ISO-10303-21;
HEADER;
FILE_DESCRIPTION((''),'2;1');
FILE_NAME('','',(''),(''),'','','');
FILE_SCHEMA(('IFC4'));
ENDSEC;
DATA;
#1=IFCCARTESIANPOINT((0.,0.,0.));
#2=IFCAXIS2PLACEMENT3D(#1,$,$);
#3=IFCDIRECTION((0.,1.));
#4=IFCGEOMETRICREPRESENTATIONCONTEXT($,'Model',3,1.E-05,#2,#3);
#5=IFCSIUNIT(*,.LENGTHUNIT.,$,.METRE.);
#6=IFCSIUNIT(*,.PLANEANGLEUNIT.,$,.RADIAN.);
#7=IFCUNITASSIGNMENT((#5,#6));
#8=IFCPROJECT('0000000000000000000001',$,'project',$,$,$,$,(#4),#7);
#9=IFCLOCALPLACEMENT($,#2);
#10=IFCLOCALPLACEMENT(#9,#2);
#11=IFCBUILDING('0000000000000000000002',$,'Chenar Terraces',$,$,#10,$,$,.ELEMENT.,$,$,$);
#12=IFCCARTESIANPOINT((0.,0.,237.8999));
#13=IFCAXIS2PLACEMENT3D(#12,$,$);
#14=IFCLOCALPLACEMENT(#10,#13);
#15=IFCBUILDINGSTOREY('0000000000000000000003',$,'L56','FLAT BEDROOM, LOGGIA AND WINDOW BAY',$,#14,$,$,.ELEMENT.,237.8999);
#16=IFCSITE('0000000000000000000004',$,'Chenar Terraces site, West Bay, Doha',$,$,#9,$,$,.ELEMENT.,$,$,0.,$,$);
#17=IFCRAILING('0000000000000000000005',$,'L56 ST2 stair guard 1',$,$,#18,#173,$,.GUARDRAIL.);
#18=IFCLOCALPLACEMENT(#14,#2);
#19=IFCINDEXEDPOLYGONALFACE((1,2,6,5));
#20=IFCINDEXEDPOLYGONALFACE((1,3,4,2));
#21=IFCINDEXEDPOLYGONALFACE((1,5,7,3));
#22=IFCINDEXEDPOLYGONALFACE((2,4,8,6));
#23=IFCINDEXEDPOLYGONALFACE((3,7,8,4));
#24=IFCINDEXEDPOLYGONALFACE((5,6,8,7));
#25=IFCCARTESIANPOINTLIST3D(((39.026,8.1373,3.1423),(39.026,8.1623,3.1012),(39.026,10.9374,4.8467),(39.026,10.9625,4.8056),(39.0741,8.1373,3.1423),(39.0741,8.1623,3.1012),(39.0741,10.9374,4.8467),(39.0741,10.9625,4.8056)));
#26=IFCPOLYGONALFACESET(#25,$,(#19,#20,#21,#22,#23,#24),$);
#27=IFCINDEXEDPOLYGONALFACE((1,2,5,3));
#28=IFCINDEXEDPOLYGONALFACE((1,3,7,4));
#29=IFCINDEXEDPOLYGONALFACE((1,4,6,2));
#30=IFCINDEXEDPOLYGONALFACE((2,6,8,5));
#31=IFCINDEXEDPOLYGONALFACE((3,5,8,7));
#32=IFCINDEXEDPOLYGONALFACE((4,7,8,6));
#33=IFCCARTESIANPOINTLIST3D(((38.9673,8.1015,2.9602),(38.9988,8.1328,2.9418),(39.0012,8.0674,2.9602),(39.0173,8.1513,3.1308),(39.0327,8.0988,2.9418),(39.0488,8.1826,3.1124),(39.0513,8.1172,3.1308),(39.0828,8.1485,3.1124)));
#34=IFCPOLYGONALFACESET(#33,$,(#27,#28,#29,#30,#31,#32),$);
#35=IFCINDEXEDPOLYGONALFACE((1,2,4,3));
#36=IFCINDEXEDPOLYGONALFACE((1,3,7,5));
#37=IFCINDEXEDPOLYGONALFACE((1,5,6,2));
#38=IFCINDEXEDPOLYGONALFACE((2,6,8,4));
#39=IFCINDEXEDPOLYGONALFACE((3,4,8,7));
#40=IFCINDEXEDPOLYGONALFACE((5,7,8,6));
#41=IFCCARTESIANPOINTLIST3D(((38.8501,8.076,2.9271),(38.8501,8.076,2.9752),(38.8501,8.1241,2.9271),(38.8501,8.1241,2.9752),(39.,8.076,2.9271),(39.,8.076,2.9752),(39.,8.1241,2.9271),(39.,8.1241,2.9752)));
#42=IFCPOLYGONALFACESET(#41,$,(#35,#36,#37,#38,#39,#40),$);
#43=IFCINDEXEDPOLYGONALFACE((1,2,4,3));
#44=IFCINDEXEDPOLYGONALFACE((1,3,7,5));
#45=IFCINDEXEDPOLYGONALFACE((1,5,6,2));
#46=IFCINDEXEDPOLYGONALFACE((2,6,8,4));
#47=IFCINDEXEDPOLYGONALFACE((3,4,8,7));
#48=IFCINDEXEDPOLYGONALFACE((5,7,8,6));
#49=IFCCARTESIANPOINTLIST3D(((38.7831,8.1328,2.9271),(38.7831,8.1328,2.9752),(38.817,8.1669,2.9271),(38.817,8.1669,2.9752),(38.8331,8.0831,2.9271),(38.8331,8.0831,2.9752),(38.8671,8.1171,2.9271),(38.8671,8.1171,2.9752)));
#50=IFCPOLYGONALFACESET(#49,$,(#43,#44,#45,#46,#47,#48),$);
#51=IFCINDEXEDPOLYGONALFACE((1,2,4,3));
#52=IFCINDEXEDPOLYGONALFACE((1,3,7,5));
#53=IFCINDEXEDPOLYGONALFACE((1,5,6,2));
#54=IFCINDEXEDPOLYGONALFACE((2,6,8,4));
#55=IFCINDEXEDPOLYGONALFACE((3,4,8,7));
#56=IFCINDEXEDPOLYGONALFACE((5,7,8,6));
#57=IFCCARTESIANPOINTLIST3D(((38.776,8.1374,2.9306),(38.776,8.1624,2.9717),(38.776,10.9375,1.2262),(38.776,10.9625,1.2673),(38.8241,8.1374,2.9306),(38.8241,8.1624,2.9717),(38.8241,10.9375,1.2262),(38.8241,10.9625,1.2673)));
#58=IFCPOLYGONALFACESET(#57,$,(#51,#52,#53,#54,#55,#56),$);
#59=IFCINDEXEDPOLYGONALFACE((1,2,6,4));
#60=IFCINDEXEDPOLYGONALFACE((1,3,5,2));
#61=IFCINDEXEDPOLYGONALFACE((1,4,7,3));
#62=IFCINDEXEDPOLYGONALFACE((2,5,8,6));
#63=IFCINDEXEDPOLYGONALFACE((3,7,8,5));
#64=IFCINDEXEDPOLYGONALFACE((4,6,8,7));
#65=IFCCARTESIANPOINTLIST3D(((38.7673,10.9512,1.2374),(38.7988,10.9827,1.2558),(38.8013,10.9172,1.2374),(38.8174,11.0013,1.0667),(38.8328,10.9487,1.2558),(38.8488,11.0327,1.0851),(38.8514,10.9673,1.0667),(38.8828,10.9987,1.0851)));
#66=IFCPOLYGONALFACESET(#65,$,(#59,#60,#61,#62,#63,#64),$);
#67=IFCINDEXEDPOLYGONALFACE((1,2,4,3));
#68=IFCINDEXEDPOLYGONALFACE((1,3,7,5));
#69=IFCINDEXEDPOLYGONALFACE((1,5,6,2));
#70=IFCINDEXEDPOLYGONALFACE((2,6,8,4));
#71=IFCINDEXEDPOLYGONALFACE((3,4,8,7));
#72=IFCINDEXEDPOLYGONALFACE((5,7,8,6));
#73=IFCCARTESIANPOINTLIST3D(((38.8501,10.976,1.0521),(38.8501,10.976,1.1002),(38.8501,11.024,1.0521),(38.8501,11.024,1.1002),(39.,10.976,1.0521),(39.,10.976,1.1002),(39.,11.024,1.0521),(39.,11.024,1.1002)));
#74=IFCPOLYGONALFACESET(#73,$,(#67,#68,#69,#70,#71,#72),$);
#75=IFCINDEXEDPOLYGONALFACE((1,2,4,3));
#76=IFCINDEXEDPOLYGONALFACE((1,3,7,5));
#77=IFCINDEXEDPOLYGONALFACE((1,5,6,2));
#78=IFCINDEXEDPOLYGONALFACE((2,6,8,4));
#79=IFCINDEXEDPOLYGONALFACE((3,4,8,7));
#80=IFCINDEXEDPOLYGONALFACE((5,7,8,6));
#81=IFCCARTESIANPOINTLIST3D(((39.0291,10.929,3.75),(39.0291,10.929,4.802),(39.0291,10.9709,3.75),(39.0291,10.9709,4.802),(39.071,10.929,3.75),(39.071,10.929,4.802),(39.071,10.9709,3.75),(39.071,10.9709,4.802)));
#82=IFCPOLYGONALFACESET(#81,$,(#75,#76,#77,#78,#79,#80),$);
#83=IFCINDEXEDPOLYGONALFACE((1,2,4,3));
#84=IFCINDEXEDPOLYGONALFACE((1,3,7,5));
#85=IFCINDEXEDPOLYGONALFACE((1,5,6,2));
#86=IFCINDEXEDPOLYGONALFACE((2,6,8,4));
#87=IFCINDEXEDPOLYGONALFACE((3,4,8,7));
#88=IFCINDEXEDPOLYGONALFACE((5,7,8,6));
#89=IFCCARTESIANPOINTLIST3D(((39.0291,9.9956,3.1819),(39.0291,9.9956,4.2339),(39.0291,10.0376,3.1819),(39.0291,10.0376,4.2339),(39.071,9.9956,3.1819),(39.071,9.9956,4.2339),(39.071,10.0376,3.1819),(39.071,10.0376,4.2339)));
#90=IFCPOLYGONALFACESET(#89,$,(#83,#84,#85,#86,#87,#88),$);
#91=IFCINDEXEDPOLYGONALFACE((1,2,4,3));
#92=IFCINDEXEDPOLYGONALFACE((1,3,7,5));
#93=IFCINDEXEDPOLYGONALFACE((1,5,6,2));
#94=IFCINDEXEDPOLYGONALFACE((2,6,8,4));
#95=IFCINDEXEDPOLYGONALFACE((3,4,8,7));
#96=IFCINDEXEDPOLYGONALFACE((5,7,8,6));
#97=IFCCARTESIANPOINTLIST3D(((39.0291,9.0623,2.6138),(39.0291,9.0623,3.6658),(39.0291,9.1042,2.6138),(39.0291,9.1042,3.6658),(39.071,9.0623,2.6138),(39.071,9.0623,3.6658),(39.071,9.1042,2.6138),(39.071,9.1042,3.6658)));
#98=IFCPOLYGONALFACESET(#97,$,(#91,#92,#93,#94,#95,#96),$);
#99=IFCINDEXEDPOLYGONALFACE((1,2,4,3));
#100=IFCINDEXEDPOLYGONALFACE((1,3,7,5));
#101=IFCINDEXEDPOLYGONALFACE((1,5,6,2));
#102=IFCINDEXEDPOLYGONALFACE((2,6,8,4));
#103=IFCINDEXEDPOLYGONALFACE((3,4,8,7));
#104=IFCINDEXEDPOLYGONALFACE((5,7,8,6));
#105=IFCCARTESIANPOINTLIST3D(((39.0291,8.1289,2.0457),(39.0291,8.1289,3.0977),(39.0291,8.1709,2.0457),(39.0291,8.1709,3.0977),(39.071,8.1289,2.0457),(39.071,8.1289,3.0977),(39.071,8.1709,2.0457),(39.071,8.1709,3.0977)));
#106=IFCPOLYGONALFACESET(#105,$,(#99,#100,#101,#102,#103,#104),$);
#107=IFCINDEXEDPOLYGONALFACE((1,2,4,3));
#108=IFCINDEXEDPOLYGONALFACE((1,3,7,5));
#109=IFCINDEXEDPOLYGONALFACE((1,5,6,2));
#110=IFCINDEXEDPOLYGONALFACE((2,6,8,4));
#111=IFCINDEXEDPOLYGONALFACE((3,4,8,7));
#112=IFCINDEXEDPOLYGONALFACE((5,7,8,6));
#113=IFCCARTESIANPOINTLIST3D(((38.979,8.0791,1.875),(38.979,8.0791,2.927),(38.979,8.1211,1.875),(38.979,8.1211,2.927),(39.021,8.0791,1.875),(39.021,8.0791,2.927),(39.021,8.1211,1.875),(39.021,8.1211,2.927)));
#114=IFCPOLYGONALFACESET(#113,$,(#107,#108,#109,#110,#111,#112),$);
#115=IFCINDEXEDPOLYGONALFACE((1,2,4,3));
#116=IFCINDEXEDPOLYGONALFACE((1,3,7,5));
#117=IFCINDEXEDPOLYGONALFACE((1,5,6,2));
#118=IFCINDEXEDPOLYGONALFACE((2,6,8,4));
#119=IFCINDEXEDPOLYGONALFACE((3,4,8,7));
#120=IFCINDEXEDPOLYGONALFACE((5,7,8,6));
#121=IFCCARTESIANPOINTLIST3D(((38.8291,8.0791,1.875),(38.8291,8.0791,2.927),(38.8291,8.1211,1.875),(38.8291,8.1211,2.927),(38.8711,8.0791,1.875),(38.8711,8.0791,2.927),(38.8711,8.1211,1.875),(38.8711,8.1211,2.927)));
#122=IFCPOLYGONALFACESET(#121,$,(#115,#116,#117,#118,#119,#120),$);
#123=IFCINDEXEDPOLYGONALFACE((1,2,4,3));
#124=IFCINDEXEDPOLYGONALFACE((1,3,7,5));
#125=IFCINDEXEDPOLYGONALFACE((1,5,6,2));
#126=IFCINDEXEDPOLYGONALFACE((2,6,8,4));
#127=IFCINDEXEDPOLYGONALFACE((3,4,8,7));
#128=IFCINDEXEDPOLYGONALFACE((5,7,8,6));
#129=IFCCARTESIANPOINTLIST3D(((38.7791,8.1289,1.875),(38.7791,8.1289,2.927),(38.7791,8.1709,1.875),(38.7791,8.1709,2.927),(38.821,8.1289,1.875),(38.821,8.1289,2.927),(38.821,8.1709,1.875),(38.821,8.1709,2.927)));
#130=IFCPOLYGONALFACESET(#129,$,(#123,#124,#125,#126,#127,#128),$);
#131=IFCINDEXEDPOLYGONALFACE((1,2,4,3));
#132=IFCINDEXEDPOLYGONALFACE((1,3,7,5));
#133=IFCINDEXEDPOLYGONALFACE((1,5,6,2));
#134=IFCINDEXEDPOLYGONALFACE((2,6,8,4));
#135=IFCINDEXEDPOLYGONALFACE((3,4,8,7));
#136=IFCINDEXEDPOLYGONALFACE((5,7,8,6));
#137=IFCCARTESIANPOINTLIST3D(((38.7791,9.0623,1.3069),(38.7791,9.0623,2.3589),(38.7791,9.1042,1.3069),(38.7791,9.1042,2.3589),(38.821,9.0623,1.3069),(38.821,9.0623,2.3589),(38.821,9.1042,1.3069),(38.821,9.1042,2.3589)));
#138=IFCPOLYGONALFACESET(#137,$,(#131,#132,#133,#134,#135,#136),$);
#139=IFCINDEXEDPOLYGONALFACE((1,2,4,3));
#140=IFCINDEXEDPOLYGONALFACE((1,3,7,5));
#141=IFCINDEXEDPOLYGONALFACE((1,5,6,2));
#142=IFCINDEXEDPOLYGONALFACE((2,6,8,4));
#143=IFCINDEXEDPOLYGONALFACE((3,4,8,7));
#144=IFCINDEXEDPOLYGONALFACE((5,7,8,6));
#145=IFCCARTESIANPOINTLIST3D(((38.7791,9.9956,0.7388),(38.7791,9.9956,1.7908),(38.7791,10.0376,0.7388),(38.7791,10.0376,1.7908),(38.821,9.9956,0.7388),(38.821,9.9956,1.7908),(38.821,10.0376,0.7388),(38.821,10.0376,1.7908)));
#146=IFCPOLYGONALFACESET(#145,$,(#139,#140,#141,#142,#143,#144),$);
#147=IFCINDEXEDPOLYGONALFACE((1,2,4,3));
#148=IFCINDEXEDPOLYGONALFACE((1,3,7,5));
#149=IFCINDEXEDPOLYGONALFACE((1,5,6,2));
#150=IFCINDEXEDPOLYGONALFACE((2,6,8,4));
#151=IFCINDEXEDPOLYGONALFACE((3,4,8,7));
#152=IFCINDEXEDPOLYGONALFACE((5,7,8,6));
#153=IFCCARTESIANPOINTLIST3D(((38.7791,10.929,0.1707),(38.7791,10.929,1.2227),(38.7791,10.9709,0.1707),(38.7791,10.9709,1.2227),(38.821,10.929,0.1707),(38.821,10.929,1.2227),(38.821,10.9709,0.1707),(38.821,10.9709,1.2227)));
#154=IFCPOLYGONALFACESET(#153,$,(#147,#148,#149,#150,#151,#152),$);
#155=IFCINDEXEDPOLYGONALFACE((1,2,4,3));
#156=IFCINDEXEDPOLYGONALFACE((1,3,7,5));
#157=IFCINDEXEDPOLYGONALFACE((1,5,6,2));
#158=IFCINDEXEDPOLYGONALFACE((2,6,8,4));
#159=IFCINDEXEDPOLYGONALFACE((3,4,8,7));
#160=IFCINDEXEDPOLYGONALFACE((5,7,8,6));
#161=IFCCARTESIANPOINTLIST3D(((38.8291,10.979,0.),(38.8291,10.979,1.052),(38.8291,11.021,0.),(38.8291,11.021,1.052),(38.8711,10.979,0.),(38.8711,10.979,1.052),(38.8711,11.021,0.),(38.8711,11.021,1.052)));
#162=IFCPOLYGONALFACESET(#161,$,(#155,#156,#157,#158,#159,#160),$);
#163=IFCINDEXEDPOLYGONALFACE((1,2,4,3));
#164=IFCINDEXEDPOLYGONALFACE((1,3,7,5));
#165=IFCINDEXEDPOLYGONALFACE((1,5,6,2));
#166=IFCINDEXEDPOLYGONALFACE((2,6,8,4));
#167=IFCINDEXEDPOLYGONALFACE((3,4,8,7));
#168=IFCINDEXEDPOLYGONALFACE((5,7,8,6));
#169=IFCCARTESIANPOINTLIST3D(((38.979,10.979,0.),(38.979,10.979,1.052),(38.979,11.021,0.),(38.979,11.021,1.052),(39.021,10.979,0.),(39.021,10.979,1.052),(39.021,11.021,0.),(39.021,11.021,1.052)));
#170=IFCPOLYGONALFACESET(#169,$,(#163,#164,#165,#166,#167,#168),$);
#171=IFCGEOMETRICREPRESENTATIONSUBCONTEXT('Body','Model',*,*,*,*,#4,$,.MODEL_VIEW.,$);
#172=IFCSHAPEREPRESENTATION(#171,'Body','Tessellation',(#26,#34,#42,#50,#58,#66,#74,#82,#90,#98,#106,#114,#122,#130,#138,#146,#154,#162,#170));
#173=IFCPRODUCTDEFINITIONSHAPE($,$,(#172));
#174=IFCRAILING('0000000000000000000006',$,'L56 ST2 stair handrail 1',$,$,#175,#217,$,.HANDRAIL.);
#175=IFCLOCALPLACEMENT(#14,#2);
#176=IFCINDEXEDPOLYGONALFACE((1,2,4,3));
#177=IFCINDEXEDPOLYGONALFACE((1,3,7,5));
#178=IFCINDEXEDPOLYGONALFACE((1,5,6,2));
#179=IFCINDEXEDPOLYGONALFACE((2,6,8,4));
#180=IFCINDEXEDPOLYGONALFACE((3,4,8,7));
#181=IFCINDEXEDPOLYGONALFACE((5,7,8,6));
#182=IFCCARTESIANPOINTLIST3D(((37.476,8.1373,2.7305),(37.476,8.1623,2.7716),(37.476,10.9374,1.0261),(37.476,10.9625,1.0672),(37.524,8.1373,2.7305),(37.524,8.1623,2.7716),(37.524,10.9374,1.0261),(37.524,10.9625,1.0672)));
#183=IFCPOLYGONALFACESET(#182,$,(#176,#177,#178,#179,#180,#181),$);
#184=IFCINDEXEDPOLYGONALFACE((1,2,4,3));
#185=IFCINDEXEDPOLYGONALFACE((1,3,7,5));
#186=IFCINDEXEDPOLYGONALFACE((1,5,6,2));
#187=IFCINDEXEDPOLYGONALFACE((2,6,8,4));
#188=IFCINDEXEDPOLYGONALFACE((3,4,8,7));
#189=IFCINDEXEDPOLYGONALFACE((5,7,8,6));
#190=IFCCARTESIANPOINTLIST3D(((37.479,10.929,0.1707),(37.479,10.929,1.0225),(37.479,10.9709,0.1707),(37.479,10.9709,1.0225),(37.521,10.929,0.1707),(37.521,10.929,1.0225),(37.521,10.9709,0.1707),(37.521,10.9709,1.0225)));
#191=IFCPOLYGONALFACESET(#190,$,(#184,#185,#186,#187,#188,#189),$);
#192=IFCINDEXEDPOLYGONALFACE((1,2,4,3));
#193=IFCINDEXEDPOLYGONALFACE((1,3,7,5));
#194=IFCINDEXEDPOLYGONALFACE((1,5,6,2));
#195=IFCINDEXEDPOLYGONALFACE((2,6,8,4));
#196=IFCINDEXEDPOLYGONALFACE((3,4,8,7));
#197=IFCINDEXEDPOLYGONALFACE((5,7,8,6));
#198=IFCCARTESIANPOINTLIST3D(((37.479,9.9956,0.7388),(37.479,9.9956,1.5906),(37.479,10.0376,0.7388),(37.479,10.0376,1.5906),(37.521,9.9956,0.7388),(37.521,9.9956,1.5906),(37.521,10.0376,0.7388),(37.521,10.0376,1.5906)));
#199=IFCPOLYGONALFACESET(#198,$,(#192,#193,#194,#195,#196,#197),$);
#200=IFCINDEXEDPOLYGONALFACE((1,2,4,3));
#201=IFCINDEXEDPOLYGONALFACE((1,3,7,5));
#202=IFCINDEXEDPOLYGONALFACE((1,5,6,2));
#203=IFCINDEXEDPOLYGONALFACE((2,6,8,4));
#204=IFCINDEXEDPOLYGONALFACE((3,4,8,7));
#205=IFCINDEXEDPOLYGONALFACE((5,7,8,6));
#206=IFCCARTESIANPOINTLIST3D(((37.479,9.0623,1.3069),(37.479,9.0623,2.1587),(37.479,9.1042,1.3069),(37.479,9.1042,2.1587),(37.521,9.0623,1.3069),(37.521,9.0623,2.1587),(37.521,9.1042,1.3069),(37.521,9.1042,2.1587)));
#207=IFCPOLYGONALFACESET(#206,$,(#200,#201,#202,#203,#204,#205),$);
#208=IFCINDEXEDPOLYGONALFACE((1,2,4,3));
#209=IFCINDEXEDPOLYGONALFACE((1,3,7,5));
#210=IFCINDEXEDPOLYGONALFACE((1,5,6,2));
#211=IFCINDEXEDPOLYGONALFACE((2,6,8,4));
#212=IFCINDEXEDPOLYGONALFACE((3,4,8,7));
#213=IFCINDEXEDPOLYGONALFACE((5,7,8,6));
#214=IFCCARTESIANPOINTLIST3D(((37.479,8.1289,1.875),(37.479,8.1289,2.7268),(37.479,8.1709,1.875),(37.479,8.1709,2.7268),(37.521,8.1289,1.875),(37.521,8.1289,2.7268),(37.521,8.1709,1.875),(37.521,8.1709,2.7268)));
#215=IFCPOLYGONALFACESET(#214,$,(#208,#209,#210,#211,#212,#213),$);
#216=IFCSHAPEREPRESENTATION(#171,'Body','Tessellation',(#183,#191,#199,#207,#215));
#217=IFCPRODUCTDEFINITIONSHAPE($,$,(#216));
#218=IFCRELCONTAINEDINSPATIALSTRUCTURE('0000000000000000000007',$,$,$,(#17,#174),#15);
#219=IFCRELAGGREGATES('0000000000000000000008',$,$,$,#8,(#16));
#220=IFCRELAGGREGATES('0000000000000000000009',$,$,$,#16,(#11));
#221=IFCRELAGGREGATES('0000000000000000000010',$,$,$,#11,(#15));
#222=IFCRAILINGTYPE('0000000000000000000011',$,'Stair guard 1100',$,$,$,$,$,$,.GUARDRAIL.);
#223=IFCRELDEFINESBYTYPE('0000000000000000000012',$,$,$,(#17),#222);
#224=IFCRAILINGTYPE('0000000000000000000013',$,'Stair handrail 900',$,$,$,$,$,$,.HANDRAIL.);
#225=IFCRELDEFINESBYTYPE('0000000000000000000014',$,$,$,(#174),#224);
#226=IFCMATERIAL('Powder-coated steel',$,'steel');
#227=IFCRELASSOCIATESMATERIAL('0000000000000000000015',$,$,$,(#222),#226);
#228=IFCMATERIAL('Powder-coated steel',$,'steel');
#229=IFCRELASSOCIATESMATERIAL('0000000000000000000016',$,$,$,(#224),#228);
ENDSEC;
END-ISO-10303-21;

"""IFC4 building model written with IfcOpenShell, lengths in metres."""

from ifc_helpers import new_model, si_unit, direction, frame, origin, origin_2d, place, context, subcontext, project, spatial, rectangle, extrude, material, type_object, element, save


model = new_model("IFC4")

# Units and contexts
model_context = context("Model", 3, precision=1e-05, world=origin(), true_north=direction((0.0, 1.0)))
body_context = subcontext(model_context, "Body", "Model", "MODEL_VIEW")
ifc_project = project(units=[si_unit("LENGTHUNIT", "METRE"), si_unit("PLANEANGLEUNIT", "RADIAN")], contexts=[model_context])

# Site, building, storey
site_placement = place(None, origin())
site = spatial("IfcSite", under=ifc_project, at=site_placement, Name="Chenar Terraces site, West Bay, Doha", CompositionType="ELEMENT", RefElevation=0.0)
building_placement = place(site_placement, origin())
building = spatial("IfcBuilding", under=site, at=building_placement, Name="Chenar Terraces", CompositionType="ELEMENT")
storey_placement = place(building_placement, frame((0.0, 0.0, 237.8999)))
storey = spatial("IfcBuildingStorey", under=building, at=storey_placement, Name="L56", Description="FLAT BEDROOM, LOGGIA AND WINDOW BAY", CompositionType="ELEMENT", Elevation=237.8999)

# Railings
ifc_material_1 = material(Name="Powder-coated steel", Category="steel")
railing_type_1 = type_object("IfcRailingType", Name="Stair guard 1100", PredefinedType="GUARDRAIL", material=ifc_material_1)
railing_1_placement = place(storey_placement, frame((39.05, 10.95, 3.75)))
element("IfcRailing", 1, at=railing_1_placement, inside=storey, type_object=railing_type_1, Name="L56 ST2 stair guard 1", PredefinedType="GUARDRAIL", context=body_context, shape_type="SweptSolid", body=[
    extrude(rectangle(XDim=0.0481, YDim=0.0481, at=origin_2d()), frame((0.0, 0.0, 1.0762), z_axis=(0.0, -0.854203, -0.51994), x_axis=(1.0, 0.0, 0.0)), (0.0, 0.0, 1.0), 3.2781),
    extrude(rectangle(XDim=0.0481, YDim=0.0481, at=origin_2d()), frame((0.0, -2.8, -0.6284), z_axis=(-0.270997, -0.269675, -0.924033), x_axis=(0.705376, -0.708834, 0.0)), (0.0, 0.0, 1.0), 0.1846),
    extrude(rectangle(XDim=0.0481, YDim=0.0481, at=origin_2d()), frame((-0.05, -2.8499, -0.7988), z_axis=(-1.0, 0.0, 0.0), x_axis=(0.0, -1.0, 0.0)), (0.0, 0.0, 1.0), 0.1499),
    extrude(rectangle(XDim=0.0481, YDim=0.0481, at=origin_2d()), frame((-0.2, -2.8499, -0.7988), z_axis=(-0.708834, 0.705376, 0.0), x_axis=(-0.705376, -0.708834, 0.0)), (0.0, 0.0, 1.0), 0.0706),
    extrude(rectangle(XDim=0.0481, YDim=0.0481, at=origin_2d()), frame((-0.25, -2.8, -0.7988), z_axis=(0.0, 0.854203, -0.51994), x_axis=(-1.0, 0.0, 0.0)), (0.0, 0.0, 1.0), 3.2781),
    extrude(rectangle(XDim=0.0481, YDim=0.0481, at=origin_2d()), frame((-0.25, 0.0, -2.5034), z_axis=(0.2709, 0.2709, -0.923703), x_axis=(-0.707107, 0.707107, 0.0)), (0.0, 0.0, 1.0), 0.1848),
    extrude(rectangle(XDim=0.0481, YDim=0.0481, at=origin_2d()), frame((-0.2, 0.05, -2.6738), z_axis=(1.0, 0.0, 0.0), x_axis=(0.0, 1.0, 0.0)), (0.0, 0.0, 1.0), 0.1499),
    extrude(rectangle(XDim=0.042, YDim=0.042, at=origin_2d()), origin(), (0.0, 0.0, 1.0), 1.052),
    extrude(rectangle(XDim=0.042, YDim=0.042, at=origin_2d()), frame((0.0, -0.9333, -0.5681)), (0.0, 0.0, 1.0), 1.052),
    extrude(rectangle(XDim=0.042, YDim=0.042, at=origin_2d()), frame((0.0, -1.8667, -1.1362)), (0.0, 0.0, 1.0), 1.052),
    extrude(rectangle(XDim=0.042, YDim=0.042, at=origin_2d()), frame((0.0, -2.8, -1.7043)), (0.0, 0.0, 1.0), 1.052),
    extrude(rectangle(XDim=0.042, YDim=0.042, at=origin_2d()), frame((-0.05, -2.8499, -1.875)), (0.0, 0.0, 1.0), 1.052),
    extrude(rectangle(XDim=0.042, YDim=0.042, at=origin_2d()), frame((-0.2, -2.8499, -1.875)), (0.0, 0.0, 1.0), 1.052),
    extrude(rectangle(XDim=0.042, YDim=0.042, at=origin_2d()), frame((-0.25, -2.8, -1.875)), (0.0, 0.0, 1.0), 1.052),
    extrude(rectangle(XDim=0.042, YDim=0.042, at=origin_2d()), frame((-0.25, -1.8667, -2.4431)), (0.0, 0.0, 1.0), 1.052),
    extrude(rectangle(XDim=0.042, YDim=0.042, at=origin_2d()), frame((-0.25, -0.9333, -3.0112)), (0.0, 0.0, 1.0), 1.052),
    extrude(rectangle(XDim=0.042, YDim=0.042, at=origin_2d()), frame((-0.25, 0.0, -3.5793)), (0.0, 0.0, 1.0), 1.052),
    extrude(rectangle(XDim=0.042, YDim=0.042, at=origin_2d()), frame((-0.2, 0.05, -3.75)), (0.0, 0.0, 1.0), 1.052),
    extrude(rectangle(XDim=0.042, YDim=0.042, at=origin_2d()), frame((-0.05, 0.05, -3.75)), (0.0, 0.0, 1.0), 1.052),
])
ifc_material_2 = material(Name="Powder-coated steel", Category="steel")
railing_type_2 = type_object("IfcRailingType", Name="Stair handrail 900", PredefinedType="HANDRAIL", material=ifc_material_2)
railing_2_placement = place(storey_placement, frame((37.5, 10.95, 0.1707)))
element("IfcRailing", 2, at=railing_2_placement, inside=storey, type_object=railing_type_2, Name="L56 ST2 stair handrail 1", PredefinedType="HANDRAIL", context=body_context, shape_type="SweptSolid", body=[
    extrude(rectangle(XDim=0.0481, YDim=0.0481, at=origin_2d()), frame((0.0, 0.0, 0.876), z_axis=(0.0, -0.854203, 0.51994), x_axis=(1.0, 0.0, 0.0)), (0.0, 0.0, 1.0), 3.2781),
    extrude(rectangle(XDim=0.042, YDim=0.042, at=origin_2d()), origin(), (0.0, 0.0, 1.0), 0.8518),
    extrude(rectangle(XDim=0.042, YDim=0.042, at=origin_2d()), frame((0.0, -0.9333, 0.5681)), (0.0, 0.0, 1.0), 0.8518),
    extrude(rectangle(XDim=0.042, YDim=0.042, at=origin_2d()), frame((0.0, -1.8667, 1.1362)), (0.0, 0.0, 1.0), 0.8518),
    extrude(rectangle(XDim=0.042, YDim=0.042, at=origin_2d()), frame((0.0, -2.8, 1.7043)), (0.0, 0.0, 1.0), 0.8518),
])

save(model, "model.ifc")
